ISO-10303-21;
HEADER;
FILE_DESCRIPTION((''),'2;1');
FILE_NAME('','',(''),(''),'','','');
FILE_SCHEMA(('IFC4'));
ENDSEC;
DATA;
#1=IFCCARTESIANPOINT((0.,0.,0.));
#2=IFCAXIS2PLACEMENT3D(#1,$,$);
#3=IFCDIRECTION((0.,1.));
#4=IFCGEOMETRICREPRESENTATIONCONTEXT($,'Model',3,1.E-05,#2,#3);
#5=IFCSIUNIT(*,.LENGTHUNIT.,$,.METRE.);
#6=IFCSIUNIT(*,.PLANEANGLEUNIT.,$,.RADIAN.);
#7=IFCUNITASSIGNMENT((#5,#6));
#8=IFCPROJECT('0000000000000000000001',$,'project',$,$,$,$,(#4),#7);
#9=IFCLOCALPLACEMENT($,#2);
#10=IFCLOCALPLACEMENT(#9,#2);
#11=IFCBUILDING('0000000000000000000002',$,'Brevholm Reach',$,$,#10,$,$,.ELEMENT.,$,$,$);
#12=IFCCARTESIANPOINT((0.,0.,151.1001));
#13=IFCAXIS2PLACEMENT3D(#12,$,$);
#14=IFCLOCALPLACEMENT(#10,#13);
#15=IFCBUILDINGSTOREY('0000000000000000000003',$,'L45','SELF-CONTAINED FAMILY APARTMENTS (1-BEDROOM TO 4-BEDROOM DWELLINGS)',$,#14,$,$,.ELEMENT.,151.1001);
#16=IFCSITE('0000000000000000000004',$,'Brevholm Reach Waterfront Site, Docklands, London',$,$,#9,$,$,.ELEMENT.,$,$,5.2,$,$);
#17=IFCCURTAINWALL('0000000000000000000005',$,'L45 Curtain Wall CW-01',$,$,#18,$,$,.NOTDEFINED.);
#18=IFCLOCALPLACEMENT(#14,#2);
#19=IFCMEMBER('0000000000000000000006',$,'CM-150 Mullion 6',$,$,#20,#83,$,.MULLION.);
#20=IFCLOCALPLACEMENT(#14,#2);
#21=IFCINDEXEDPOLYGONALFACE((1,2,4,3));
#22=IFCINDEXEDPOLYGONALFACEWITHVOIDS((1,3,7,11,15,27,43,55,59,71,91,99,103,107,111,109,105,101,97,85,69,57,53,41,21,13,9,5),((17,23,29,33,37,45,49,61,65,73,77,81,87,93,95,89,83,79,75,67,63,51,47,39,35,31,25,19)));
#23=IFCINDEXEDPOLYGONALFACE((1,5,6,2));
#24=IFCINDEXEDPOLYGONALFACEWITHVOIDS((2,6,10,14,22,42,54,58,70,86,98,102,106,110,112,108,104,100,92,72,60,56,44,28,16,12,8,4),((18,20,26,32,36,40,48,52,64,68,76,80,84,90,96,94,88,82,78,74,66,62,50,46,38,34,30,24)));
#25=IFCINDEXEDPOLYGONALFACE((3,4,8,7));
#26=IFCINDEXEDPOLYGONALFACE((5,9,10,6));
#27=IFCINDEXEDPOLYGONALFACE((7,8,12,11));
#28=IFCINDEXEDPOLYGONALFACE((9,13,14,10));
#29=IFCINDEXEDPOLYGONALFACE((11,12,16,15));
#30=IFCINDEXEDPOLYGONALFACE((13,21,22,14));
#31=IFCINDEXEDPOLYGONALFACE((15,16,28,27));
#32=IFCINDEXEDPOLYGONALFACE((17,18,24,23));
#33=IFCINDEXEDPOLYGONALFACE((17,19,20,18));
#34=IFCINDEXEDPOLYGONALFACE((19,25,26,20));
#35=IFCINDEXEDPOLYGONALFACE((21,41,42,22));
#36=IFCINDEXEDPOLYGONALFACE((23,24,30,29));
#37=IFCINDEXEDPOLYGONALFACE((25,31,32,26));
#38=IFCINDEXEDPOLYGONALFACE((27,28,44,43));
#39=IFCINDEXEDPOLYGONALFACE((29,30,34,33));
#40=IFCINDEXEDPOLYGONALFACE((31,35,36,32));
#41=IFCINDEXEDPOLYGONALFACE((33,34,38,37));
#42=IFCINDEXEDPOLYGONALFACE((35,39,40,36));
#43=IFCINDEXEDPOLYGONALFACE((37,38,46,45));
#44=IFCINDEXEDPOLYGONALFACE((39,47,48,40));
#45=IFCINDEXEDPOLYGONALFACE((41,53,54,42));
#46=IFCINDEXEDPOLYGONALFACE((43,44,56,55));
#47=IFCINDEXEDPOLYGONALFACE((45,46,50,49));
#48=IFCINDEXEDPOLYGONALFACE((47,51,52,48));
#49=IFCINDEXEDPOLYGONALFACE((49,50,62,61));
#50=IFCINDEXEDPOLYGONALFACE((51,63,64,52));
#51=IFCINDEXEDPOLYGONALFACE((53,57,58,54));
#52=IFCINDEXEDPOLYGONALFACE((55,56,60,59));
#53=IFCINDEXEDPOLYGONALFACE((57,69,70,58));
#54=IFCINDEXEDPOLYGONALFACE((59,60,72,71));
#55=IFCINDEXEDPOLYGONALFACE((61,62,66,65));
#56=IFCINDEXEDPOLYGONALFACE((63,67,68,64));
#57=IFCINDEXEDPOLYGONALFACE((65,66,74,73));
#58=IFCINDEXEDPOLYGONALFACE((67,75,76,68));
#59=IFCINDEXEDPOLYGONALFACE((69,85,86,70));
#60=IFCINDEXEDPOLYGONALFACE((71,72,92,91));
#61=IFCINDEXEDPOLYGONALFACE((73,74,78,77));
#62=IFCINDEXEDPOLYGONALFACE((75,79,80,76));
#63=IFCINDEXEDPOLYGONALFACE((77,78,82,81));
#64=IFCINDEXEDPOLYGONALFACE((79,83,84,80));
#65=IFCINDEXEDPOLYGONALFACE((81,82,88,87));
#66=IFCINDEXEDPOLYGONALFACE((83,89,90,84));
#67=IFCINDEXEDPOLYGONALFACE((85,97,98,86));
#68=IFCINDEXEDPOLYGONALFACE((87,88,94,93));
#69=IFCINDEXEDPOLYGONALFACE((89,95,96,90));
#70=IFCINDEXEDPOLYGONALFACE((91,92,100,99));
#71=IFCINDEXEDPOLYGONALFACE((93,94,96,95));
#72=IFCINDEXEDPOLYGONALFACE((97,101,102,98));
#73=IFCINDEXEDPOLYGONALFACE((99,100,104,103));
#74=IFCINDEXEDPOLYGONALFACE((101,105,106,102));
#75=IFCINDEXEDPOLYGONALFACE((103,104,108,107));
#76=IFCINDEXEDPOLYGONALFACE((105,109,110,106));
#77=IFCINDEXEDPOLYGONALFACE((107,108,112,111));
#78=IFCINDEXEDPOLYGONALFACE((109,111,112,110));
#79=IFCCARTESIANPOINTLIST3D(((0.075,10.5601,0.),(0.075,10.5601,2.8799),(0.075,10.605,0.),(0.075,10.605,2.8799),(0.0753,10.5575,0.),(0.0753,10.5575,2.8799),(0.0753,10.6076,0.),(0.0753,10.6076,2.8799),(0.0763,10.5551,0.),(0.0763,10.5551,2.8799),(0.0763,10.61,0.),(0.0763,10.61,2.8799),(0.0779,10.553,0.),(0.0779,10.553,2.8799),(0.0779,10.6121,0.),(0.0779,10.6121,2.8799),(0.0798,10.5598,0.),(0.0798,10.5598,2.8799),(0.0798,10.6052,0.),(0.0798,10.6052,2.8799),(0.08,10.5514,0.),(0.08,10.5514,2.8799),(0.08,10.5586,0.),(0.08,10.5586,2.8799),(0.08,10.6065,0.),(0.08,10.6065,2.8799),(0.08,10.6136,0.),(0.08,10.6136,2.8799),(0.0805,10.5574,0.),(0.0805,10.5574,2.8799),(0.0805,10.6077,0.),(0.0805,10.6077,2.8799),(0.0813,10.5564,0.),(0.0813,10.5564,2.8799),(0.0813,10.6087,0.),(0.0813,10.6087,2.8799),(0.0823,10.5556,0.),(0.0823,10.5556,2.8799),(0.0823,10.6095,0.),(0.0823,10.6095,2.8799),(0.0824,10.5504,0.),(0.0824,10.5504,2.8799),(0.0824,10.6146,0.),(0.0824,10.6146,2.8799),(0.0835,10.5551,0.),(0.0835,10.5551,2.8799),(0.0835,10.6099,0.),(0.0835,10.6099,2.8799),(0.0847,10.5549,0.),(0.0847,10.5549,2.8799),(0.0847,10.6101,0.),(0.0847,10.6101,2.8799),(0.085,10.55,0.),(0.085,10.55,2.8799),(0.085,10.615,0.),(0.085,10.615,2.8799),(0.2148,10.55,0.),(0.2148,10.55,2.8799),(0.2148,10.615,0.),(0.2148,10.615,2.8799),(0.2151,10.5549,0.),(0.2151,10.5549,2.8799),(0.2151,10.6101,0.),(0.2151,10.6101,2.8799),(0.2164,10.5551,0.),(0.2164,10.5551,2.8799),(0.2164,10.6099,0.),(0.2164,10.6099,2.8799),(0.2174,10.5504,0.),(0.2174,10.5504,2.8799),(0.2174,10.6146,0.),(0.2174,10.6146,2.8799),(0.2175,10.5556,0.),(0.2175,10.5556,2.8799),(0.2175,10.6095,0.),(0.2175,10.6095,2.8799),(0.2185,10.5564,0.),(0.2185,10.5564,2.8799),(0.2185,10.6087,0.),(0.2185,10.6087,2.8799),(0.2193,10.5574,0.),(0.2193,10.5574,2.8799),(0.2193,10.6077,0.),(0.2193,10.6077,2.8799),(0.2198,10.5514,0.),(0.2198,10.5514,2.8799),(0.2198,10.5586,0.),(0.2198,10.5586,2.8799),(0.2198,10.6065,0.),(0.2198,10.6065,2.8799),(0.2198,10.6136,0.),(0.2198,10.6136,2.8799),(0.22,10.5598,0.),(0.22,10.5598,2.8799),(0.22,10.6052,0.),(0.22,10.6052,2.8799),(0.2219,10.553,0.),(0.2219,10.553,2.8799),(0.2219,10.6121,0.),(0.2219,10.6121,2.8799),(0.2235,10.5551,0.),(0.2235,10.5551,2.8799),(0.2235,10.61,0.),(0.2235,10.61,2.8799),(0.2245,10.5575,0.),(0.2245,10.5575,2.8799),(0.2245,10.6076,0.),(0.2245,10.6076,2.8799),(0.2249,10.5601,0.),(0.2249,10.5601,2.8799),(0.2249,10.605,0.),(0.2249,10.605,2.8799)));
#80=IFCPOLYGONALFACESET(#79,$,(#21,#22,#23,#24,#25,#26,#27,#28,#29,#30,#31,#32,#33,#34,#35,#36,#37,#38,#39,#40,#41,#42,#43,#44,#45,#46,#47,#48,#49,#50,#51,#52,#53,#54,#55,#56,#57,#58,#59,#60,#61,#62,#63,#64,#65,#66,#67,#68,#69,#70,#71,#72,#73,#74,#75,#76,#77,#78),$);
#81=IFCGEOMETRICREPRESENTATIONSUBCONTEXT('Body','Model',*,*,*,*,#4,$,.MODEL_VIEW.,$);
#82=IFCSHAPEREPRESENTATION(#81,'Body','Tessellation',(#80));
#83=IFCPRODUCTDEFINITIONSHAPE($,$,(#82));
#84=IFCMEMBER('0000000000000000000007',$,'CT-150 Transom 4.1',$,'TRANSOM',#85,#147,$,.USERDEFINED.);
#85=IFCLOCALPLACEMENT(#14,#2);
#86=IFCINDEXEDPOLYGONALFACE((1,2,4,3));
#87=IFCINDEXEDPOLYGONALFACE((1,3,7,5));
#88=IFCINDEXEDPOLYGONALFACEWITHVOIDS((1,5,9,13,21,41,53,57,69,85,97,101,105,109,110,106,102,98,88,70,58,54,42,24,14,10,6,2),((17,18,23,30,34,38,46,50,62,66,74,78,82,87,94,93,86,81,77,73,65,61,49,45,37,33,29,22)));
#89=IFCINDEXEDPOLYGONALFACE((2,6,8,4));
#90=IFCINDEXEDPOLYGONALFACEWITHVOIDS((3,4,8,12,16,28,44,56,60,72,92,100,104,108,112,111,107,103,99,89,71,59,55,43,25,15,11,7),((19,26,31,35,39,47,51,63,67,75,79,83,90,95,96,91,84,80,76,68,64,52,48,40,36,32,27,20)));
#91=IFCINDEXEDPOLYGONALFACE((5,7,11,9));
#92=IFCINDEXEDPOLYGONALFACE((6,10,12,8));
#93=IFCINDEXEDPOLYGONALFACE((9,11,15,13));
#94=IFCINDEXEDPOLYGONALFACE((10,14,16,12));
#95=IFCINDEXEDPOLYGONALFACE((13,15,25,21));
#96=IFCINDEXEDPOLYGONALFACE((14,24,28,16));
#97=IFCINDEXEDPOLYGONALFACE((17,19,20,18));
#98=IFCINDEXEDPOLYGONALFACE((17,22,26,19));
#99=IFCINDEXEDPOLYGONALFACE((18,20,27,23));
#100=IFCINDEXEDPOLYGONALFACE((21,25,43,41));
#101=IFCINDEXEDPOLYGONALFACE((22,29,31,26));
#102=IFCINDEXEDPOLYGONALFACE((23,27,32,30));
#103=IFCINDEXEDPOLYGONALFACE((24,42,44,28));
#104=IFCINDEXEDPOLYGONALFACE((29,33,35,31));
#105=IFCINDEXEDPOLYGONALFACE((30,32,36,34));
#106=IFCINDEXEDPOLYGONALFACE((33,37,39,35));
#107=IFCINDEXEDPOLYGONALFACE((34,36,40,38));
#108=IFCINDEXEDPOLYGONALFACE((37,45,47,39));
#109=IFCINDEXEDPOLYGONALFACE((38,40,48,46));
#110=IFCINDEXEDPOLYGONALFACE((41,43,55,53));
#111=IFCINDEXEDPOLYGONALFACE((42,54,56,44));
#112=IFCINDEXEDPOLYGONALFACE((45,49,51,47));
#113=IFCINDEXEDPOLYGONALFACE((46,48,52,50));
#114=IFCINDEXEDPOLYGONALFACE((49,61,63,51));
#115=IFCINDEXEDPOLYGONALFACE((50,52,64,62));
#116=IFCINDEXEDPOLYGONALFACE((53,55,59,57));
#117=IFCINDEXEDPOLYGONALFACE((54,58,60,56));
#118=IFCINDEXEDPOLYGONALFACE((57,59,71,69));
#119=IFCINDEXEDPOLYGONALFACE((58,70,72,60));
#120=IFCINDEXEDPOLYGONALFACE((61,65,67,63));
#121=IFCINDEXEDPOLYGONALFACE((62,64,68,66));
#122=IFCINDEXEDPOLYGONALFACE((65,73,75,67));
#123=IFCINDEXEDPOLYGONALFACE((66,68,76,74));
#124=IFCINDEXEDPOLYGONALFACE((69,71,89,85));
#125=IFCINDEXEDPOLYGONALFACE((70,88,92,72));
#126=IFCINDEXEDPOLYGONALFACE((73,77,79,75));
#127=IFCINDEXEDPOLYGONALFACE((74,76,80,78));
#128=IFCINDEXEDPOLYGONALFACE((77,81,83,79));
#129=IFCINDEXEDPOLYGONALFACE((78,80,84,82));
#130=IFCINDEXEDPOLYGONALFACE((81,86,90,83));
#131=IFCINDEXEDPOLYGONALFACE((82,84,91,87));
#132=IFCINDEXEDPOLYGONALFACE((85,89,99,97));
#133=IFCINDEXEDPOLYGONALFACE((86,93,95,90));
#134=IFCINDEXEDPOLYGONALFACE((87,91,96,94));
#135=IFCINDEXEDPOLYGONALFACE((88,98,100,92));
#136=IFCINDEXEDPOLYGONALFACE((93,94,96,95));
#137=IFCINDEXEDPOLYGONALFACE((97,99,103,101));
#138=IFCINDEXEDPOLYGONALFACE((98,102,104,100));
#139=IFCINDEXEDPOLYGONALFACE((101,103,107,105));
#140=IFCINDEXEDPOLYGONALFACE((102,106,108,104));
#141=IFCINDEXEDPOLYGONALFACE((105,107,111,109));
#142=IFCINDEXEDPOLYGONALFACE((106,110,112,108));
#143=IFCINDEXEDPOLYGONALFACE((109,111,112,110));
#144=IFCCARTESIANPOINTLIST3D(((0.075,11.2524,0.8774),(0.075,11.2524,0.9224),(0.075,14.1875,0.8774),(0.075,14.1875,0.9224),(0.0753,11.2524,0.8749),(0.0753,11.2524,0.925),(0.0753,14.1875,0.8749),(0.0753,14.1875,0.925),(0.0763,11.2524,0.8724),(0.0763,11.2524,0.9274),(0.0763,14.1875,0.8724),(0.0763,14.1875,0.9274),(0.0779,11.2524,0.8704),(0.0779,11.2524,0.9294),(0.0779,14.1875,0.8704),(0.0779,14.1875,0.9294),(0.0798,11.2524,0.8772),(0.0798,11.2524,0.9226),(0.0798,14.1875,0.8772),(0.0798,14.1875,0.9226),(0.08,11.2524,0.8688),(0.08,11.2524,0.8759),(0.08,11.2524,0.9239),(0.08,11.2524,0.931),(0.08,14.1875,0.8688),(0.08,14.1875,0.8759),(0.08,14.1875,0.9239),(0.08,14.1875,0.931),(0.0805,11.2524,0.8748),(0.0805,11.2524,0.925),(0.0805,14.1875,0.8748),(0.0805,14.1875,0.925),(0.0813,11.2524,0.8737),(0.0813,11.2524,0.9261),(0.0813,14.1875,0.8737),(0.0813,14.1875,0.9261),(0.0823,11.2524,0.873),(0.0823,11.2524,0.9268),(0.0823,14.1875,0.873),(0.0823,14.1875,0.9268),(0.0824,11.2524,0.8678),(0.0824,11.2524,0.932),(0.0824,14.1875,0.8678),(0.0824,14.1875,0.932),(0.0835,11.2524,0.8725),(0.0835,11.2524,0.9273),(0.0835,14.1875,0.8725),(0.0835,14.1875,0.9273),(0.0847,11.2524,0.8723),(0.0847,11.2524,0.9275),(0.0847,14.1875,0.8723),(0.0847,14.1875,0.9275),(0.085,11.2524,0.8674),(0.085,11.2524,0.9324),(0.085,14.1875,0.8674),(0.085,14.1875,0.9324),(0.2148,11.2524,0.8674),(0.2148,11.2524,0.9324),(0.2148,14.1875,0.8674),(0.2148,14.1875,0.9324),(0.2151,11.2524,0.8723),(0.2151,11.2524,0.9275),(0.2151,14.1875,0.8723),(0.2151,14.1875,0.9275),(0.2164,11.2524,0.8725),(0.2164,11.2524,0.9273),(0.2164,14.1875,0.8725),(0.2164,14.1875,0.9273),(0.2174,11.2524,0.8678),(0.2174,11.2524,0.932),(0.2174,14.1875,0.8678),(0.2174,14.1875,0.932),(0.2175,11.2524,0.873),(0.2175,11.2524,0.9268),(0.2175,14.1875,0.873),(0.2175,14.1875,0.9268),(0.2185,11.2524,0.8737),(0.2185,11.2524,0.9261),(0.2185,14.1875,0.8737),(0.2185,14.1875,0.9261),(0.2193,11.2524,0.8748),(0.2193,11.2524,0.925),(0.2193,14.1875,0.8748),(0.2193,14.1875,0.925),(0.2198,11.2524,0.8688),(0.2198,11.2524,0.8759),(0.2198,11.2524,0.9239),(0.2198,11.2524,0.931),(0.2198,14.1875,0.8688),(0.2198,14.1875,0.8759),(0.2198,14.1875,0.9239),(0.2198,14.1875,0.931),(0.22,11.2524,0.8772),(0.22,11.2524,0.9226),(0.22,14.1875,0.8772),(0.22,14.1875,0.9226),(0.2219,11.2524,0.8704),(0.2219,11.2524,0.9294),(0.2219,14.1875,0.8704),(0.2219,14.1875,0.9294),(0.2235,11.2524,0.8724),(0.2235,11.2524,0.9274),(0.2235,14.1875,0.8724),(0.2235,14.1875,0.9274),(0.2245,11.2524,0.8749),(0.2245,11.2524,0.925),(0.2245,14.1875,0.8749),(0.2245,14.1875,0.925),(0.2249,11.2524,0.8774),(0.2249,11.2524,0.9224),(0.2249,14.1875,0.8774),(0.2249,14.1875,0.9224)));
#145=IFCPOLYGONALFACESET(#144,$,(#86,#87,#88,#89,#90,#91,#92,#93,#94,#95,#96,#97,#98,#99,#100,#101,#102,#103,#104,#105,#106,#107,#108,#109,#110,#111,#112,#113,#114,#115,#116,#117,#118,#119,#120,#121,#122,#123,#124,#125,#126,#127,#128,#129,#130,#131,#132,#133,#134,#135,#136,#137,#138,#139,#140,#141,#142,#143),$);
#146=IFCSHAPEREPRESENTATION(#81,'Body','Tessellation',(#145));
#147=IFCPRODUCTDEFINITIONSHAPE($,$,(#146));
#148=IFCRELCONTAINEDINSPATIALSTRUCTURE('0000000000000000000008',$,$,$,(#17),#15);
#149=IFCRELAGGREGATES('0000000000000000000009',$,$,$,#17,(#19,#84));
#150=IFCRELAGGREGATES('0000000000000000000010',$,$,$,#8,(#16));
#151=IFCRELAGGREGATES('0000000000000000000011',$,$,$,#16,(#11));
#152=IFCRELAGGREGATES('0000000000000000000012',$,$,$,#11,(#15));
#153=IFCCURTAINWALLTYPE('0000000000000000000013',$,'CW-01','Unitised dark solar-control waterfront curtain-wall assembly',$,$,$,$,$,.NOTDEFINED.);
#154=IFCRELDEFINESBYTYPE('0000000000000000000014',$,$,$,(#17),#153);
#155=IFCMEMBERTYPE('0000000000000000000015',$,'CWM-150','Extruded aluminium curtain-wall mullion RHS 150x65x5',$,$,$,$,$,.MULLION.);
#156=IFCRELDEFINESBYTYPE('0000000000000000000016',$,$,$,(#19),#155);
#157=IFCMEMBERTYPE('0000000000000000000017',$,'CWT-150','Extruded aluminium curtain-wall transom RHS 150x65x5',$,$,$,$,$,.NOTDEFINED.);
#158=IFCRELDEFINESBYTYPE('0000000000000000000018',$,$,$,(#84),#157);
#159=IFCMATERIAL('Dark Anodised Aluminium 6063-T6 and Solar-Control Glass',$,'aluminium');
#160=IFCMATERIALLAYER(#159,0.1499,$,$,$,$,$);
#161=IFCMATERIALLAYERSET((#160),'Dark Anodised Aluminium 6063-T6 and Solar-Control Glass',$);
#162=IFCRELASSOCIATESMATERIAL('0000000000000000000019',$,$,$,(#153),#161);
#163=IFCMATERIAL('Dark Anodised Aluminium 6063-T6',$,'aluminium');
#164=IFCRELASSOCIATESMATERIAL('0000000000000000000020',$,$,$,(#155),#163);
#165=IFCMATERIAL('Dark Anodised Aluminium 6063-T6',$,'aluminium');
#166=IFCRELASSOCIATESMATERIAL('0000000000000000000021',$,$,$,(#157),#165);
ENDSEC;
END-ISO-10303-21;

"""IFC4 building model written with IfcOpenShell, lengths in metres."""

from ifc_helpers import new_model, si_unit, direction, frame, origin, origin_2d, place, context, subcontext, project, spatial, hollow_rectangle, extrude, material, layer, layer_set, material_profile, profile_set, type_object, element, aggregate, save


model = new_model("IFC4")

# Units and contexts
model_context = context("Model", 3, precision=1e-05, world=origin(), true_north=direction((0.0, 1.0)))
body_context = subcontext(model_context, "Body", "Model", "MODEL_VIEW")
ifc_project = project(units=[si_unit("LENGTHUNIT", "METRE"), si_unit("PLANEANGLEUNIT", "RADIAN")], contexts=[model_context])

# Site, building, storey
site_placement = place(None, origin())
site = spatial("IfcSite", under=ifc_project, at=site_placement, Name="Brevholm Reach Waterfront Site, Docklands, London", CompositionType="ELEMENT", RefElevation=5.2)
building_placement = place(site_placement, origin())
building = spatial("IfcBuilding", under=site, at=building_placement, Name="Brevholm Reach", CompositionType="ELEMENT")
storey_placement = place(building_placement, frame((0.0, 0.0, 151.1001)))
storey = spatial("IfcBuildingStorey", under=building, at=storey_placement, Name="L45", Description="SELF-CONTAINED FAMILY APARTMENTS (1-BEDROOM TO 4-BEDROOM DWELLINGS)", CompositionType="ELEMENT", Elevation=151.1001)

# Curtain wall, members
ifc_material_1 = material(Name="Dark Anodised Aluminium 6063-T6 and Solar-Control Glass", Category="aluminium")
ifc_layer_1 = layer(ifc_material_1, 0.1499)
ifc_layer_set_1 = layer_set([ifc_layer_1], Name="Dark Anodised Aluminium 6063-T6 and Solar-Control Glass")
curtain_wall_type = type_object("IfcCurtainWallType", Name="CW-01", Description="Unitised dark solar-control waterfront curtain-wall assembly", PredefinedType="NOTDEFINED", material=ifc_layer_set_1)
curtain_wall_placement = place(storey_placement, origin())
curtain_wall = element("IfcCurtainWall", 1, at=curtain_wall_placement, inside=storey, type_object=curtain_wall_type, Name="L45 Curtain Wall CW-01", PredefinedType="NOTDEFINED")
ifc_material_2 = material(Name="Dark Anodised Aluminium 6063-T6", Category="aluminium")
ifc_material_profile_1 = material_profile(ifc_material_2, hollow_rectangle(XDim=0.0649, YDim=0.1499, WallThickness=0.0049, InnerFilletRadius=0.0049, OuterFilletRadius=0.01, at=origin_2d()), Name="RHS 150x65x5")
ifc_profile_set_1 = profile_set([ifc_material_profile_1], Name="Dark Anodised Aluminium 6063-T6")
member_type_1 = type_object("IfcMemberType", Name="CWM-150", Description="Extruded aluminium curtain-wall mullion RHS 150x65x5", PredefinedType="MULLION", material=ifc_profile_set_1)
member_1_placement = place(storey_placement, frame((0.1499, 10.5825, 0.0), z_axis=(0.0, 0.0, 1.0), x_axis=(0.0, -1.0, 0.0)))
member_1 = element("IfcMember", 2, at=member_1_placement, type_object=member_type_1, Name="CM-150 Mullion 6", PredefinedType="MULLION", context=body_context, shape_type="SweptSolid", body=[
    extrude(hollow_rectangle(XDim=0.0649, YDim=0.1499, WallThickness=0.0049, InnerFilletRadius=0.0049, OuterFilletRadius=0.01, at=origin_2d()), origin(), (0.0, 0.0, 1.0), 2.8799),
])
ifc_material_3 = material(Name="Dark Anodised Aluminium 6063-T6", Category="aluminium")
ifc_material_profile_2 = material_profile(ifc_material_3, hollow_rectangle(XDim=0.0649, YDim=0.1499, WallThickness=0.0049, InnerFilletRadius=0.0049, OuterFilletRadius=0.01, at=origin_2d()), Name="RHS 150x65x5")
ifc_profile_set_2 = profile_set([ifc_material_profile_2], Name="Dark Anodised Aluminium 6063-T6")
member_type_2 = type_object("IfcMemberType", Name="CWT-150", Description="Extruded aluminium curtain-wall transom RHS 150x65x5", PredefinedType="NOTDEFINED", material=ifc_profile_set_2)
member_2_placement = place(storey_placement, frame((0.1499, 14.1875, 0.8999), z_axis=(0.0, -1.0, 0.0), x_axis=(0.0, 0.0, 1.0)))
member_2 = element("IfcMember", 3, at=member_2_placement, type_object=member_type_2, Name="CT-150 Transom 4.1", ObjectType="TRANSOM", PredefinedType="USERDEFINED", context=body_context, shape_type="SweptSolid", body=[
    extrude(hollow_rectangle(XDim=0.0649, YDim=0.1499, WallThickness=0.0049, InnerFilletRadius=0.0049, OuterFilletRadius=0.01, at=origin_2d()), origin(), (0.0, 0.0, 1.0), 2.9351),
])
aggregate(curtain_wall, [member_1, member_2])

save(model, "model.ifc")
